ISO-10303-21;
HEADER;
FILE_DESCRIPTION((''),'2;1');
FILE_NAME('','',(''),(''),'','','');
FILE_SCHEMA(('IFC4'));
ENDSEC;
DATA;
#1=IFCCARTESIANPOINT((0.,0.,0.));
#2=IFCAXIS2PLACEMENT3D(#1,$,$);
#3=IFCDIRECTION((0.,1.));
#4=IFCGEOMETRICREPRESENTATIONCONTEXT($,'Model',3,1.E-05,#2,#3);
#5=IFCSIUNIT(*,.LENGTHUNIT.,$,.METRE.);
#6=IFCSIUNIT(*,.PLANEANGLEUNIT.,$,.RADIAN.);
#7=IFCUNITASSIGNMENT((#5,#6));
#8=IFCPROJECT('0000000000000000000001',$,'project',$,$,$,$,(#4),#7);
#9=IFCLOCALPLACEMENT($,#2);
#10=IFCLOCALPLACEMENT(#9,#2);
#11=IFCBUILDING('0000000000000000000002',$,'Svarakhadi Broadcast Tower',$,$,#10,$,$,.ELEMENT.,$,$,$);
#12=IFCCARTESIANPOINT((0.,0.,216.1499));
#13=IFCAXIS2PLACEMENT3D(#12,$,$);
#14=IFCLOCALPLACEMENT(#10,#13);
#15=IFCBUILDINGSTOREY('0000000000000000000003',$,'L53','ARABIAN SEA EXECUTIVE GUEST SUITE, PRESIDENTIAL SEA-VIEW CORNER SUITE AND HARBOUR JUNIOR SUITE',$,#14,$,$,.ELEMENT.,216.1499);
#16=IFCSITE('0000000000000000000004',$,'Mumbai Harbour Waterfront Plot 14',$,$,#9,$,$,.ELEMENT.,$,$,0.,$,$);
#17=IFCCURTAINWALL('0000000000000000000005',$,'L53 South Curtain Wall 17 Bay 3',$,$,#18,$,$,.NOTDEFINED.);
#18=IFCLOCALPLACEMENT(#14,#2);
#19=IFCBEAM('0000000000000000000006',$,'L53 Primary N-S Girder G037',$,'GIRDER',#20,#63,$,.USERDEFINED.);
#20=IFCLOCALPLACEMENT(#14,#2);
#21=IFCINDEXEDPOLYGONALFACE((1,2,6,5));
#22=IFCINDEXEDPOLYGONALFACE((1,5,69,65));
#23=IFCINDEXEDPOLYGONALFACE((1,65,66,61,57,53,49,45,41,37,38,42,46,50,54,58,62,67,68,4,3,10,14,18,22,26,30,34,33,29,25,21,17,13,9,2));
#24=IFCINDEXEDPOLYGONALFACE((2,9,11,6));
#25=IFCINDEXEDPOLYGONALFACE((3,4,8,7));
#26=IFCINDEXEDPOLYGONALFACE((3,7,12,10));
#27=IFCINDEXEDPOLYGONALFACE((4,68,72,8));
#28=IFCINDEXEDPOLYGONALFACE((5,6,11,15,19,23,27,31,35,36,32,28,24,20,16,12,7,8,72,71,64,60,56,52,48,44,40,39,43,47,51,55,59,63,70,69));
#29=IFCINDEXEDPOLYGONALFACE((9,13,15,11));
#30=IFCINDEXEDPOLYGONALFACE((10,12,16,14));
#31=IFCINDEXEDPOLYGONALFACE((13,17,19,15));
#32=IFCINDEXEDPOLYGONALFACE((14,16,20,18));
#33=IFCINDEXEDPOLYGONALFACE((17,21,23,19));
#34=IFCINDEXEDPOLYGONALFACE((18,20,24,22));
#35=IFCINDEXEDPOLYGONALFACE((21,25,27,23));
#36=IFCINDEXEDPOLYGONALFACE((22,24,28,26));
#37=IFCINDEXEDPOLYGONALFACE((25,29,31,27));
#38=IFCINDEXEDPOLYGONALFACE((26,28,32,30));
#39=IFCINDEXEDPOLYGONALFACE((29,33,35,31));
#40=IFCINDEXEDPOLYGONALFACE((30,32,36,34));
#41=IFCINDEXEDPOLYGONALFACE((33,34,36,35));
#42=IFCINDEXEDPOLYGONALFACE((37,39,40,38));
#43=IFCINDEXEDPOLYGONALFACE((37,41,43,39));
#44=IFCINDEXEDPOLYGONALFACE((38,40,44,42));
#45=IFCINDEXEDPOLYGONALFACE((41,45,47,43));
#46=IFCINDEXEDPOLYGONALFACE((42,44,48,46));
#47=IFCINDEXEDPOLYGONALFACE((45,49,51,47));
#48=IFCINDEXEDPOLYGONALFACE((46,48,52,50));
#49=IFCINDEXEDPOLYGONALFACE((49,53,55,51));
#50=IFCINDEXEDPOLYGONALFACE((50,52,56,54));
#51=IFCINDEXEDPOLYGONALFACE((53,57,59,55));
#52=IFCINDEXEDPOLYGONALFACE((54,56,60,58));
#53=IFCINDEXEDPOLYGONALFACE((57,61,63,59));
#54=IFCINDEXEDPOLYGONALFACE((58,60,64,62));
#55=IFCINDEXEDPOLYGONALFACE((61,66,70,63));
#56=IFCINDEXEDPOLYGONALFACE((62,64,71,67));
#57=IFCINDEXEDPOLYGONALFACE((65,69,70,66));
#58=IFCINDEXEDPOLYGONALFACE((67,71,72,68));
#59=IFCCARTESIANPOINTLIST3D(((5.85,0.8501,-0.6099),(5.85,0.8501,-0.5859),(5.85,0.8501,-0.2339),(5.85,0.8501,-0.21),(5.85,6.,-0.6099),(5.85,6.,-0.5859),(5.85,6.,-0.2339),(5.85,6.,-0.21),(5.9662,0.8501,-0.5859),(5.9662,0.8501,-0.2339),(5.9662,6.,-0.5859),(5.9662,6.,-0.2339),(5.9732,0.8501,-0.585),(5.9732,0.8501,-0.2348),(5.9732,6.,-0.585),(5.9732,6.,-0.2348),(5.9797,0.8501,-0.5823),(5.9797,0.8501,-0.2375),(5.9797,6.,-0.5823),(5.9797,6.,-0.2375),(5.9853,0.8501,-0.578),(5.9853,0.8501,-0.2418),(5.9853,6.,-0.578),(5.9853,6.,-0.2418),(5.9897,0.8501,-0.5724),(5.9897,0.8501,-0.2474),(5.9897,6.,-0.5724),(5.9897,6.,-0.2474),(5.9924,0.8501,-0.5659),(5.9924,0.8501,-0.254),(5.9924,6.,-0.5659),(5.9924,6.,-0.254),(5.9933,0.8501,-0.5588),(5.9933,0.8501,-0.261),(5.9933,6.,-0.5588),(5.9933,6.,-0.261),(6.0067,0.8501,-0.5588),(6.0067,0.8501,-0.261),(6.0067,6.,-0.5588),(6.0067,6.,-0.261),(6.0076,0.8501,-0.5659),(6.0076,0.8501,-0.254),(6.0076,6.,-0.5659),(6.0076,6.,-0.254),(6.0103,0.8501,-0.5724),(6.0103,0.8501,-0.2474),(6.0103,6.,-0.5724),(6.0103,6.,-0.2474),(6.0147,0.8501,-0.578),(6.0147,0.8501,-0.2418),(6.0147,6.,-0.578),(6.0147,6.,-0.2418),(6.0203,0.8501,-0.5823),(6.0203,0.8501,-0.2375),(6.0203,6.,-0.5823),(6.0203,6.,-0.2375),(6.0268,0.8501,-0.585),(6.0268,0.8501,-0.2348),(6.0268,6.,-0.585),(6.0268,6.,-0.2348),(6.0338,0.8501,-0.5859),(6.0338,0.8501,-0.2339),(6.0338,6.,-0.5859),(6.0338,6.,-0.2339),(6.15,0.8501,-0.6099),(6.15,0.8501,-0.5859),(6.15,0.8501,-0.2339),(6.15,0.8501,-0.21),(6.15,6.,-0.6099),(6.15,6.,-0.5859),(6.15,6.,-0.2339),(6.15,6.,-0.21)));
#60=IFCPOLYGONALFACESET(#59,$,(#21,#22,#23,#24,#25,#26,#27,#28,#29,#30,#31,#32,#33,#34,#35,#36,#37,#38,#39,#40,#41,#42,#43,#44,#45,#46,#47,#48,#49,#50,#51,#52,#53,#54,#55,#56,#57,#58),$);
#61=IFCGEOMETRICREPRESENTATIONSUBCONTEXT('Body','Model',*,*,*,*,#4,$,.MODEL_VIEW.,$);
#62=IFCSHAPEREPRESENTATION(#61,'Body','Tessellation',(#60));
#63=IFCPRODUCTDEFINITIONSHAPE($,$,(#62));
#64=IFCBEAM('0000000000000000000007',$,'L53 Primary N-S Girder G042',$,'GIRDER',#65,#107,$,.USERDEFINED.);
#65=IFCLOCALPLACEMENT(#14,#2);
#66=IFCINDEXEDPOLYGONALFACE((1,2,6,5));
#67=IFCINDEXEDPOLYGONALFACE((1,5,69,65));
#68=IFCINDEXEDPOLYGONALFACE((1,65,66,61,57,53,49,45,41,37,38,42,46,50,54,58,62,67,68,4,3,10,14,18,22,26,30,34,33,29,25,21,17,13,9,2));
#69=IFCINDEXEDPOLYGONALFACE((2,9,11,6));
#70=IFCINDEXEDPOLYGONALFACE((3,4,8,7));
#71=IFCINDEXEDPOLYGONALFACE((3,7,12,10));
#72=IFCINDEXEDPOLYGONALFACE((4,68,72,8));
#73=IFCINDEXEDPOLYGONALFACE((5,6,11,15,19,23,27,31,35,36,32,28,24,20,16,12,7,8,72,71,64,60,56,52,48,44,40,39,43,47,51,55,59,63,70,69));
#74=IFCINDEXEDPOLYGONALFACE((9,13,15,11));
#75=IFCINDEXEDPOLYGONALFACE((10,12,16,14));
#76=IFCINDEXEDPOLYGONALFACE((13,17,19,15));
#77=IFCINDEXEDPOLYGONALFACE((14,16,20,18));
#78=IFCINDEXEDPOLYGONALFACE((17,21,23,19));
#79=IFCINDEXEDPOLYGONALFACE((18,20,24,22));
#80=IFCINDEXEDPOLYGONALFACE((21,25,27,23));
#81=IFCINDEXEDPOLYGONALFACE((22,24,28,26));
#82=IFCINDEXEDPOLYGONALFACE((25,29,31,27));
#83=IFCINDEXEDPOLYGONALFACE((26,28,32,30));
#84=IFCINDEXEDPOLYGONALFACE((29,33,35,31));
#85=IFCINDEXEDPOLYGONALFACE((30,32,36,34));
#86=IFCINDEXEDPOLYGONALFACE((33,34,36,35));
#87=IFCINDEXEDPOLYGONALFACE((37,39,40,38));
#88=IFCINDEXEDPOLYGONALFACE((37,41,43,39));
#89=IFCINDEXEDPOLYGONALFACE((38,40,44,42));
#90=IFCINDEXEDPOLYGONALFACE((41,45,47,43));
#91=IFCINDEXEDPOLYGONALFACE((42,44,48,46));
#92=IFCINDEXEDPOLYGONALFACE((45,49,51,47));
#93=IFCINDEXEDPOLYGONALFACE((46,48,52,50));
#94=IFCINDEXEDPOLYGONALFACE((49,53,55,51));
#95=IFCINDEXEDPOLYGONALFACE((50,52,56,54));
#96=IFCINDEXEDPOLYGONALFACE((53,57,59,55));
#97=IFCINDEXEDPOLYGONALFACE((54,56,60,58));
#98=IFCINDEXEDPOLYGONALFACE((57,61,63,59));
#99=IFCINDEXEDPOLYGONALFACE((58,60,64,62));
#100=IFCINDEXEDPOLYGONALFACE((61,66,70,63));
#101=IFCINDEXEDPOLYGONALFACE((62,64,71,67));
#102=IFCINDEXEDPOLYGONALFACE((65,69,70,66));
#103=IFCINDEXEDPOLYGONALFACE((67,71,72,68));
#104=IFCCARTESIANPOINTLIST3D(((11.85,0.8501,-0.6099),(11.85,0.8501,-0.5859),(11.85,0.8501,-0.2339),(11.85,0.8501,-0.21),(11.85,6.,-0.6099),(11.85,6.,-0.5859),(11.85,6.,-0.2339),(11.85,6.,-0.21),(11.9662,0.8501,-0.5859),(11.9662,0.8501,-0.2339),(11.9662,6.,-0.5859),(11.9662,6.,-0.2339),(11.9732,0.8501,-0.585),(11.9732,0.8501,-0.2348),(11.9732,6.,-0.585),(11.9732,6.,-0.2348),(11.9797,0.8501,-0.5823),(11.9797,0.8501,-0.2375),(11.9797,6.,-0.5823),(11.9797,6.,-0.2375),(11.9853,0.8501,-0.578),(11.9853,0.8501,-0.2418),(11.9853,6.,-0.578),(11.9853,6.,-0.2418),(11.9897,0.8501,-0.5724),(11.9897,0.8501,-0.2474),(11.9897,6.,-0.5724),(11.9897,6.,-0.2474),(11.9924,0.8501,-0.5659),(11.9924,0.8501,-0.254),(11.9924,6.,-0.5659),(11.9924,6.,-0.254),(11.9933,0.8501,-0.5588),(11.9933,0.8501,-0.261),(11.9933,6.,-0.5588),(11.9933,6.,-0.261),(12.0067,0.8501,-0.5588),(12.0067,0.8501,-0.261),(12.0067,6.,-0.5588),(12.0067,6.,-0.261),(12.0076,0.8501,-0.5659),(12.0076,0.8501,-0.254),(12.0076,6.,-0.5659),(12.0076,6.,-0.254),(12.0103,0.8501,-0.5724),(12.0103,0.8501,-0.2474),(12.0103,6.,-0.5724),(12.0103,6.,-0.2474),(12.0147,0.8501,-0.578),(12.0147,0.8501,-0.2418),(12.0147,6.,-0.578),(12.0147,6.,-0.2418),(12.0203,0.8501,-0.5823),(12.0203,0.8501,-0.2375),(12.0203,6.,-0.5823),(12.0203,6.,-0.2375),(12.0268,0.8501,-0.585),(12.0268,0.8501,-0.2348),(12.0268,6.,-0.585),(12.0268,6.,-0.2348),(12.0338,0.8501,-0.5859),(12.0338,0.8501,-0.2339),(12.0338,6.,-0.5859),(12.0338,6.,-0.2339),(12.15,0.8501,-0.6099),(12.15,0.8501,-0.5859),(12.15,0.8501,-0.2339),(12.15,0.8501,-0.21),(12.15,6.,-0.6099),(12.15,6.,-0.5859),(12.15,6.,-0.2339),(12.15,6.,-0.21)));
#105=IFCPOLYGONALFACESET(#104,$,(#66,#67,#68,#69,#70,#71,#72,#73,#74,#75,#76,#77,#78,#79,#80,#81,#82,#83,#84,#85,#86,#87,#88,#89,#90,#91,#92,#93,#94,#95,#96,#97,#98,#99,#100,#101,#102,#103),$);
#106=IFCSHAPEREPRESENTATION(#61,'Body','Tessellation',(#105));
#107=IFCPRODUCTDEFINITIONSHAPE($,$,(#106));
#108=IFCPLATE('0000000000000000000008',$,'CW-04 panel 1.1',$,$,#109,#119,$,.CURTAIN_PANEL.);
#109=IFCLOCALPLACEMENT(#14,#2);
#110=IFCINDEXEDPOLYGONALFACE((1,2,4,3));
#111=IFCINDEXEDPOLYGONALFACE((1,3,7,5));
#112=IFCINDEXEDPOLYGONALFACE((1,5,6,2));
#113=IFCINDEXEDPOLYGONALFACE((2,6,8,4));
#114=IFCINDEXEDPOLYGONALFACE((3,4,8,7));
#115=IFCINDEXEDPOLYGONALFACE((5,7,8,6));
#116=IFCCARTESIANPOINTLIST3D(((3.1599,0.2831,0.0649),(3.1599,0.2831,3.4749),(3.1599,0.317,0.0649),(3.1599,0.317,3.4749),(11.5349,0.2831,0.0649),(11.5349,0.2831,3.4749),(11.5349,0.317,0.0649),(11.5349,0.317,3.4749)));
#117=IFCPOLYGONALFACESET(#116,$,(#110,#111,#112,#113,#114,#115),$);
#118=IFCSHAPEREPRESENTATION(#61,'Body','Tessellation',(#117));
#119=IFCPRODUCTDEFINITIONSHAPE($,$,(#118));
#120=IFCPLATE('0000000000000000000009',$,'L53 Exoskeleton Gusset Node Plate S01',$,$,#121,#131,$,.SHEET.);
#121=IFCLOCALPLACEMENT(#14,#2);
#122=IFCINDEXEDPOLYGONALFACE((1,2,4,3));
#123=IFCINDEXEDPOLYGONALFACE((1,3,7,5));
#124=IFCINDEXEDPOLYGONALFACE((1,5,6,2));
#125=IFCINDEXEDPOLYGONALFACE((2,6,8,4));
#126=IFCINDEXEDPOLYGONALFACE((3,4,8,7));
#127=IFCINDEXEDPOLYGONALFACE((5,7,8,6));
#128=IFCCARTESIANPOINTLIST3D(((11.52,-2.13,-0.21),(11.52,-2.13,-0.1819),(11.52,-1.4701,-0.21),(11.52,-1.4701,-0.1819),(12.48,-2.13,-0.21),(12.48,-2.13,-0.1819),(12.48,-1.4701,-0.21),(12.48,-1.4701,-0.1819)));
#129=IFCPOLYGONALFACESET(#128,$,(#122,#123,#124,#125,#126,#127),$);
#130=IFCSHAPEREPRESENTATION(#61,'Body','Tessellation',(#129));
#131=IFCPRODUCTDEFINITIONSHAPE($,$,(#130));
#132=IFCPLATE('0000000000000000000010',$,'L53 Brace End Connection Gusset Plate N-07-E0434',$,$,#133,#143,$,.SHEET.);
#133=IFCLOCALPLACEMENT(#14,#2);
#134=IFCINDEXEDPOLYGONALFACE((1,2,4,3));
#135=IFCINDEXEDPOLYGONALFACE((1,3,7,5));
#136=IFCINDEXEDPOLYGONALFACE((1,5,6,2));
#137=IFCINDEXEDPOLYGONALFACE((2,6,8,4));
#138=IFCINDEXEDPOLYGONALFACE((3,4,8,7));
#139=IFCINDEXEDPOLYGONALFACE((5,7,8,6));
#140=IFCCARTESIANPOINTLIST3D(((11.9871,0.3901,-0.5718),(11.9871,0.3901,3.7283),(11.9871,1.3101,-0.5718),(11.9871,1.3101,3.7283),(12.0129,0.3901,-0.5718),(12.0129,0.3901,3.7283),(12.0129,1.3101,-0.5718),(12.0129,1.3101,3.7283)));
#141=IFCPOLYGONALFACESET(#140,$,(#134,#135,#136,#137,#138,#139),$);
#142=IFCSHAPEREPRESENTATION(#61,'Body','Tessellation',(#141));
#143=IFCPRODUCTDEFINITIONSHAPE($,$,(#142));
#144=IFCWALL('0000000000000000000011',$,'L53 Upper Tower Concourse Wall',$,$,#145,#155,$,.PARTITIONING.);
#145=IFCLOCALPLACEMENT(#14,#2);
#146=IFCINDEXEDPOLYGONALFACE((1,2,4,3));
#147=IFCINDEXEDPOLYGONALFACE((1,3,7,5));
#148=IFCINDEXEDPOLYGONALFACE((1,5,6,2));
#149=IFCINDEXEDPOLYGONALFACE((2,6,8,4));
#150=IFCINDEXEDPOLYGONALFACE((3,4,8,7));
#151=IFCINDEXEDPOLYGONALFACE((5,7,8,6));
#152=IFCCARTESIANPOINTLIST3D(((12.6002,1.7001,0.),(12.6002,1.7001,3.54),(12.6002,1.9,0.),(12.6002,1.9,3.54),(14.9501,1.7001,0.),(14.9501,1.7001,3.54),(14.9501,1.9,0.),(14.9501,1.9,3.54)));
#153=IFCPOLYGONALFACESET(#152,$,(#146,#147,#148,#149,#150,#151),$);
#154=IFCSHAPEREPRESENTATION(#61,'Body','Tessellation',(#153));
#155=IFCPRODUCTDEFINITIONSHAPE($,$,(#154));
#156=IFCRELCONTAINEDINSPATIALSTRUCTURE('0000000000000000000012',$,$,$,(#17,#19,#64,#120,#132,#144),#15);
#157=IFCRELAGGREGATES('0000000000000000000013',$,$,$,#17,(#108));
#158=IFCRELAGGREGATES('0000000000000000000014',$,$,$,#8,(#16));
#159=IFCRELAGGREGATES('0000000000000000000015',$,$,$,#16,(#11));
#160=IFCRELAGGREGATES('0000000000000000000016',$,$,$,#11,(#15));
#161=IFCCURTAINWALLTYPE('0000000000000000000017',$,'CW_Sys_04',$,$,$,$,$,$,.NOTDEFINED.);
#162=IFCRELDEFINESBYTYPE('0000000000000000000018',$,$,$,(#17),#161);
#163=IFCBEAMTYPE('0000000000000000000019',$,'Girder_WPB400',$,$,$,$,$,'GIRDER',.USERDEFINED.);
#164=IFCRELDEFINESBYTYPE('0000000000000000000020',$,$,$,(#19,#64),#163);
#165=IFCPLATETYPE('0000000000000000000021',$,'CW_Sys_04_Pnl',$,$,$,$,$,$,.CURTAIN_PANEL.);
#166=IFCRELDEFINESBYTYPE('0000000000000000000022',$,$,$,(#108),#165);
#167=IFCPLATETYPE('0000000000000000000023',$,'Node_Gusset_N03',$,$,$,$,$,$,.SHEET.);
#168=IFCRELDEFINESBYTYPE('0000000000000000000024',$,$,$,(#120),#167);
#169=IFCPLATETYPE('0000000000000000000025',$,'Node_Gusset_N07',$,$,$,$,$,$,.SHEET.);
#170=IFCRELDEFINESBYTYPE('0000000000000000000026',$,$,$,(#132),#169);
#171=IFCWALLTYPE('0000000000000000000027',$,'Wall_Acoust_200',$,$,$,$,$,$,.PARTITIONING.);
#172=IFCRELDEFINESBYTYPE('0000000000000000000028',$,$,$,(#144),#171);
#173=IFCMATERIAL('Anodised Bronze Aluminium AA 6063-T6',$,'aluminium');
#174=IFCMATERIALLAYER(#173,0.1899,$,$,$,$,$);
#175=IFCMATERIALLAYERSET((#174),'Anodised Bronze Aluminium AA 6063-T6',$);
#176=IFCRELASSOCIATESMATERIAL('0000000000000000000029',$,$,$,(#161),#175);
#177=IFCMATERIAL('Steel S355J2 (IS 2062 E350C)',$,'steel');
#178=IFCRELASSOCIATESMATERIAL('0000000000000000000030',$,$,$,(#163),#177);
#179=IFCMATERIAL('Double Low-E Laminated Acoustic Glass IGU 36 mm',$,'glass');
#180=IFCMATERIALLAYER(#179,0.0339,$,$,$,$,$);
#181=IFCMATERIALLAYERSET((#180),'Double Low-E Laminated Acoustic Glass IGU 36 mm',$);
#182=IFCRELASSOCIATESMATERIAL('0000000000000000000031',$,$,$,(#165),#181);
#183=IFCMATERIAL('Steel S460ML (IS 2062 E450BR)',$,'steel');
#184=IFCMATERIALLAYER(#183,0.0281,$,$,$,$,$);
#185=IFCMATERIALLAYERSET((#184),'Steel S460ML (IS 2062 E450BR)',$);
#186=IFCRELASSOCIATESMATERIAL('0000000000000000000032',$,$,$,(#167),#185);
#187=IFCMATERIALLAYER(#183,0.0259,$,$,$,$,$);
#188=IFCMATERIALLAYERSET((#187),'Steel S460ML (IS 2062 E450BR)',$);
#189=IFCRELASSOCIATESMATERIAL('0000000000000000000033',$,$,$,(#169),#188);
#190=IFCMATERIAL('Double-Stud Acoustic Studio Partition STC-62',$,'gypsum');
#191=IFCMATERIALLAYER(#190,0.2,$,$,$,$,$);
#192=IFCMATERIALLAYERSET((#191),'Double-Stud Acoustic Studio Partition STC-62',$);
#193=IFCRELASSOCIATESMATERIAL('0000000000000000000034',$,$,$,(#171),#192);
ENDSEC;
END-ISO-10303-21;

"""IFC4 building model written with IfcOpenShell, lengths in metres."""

from ifc_helpers import new_model, si_unit, direction, frame, frame_2d, origin, origin_2d, place, context, subcontext, project, spatial, rectangle, i_section, extrude, material, layer, layer_set, material_profile, profile_set, type_object, element, aggregate, save


model = new_model("IFC4")

# Units and contexts
model_context = context("Model", 3, precision=1e-05, world=origin(), true_north=direction((0.0, 1.0)))
body_context = subcontext(model_context, "Body", "Model", "MODEL_VIEW")
ifc_project = project(units=[si_unit("LENGTHUNIT", "METRE"), si_unit("PLANEANGLEUNIT", "RADIAN")], contexts=[model_context])

# Site, building, storey
site_placement = place(None, origin())
site = spatial("IfcSite", under=ifc_project, at=site_placement, Name="Mumbai Harbour Waterfront Plot 14", CompositionType="ELEMENT", RefElevation=0.0)
building_placement = place(site_placement, origin())
building = spatial("IfcBuilding", under=site, at=building_placement, Name="Svarakhadi Broadcast Tower", CompositionType="ELEMENT")
storey_placement = place(building_placement, frame((0.0, 0.0, 216.1499)))
storey = spatial("IfcBuildingStorey", under=building, at=storey_placement, Name="L53", Description="ARABIAN SEA EXECUTIVE GUEST SUITE, PRESIDENTIAL SEA-VIEW CORNER SUITE AND HARBOUR JUNIOR SUITE", CompositionType="ELEMENT", Elevation=216.1499)

# Shared definitions
ifc_material_1 = material(Name="Steel S460ML (IS 2062 E450BR)", Category="steel")

# Shared definitions
ifc_material_2 = material(Name="Steel S355J2 (IS 2062 E350C)", Category="steel")

# Shared definitions
ifc_material_3 = material(Name="Anodised Bronze Aluminium AA 6063-T6", Category="aluminium")
ifc_layer_1 = layer(ifc_material_3, 0.1899)
ifc_layer_set_1 = layer_set([ifc_layer_1], Name="Anodised Bronze Aluminium AA 6063-T6")
curtain_wall_type = type_object("IfcCurtainWallType", Name="CW_Sys_04", PredefinedType="NOTDEFINED", material=ifc_layer_set_1)

# Curtain wall
curtain_wall_1_placement = place(storey_placement, origin())
curtain_wall_1 = element("IfcCurtainWall", 1, at=curtain_wall_1_placement, inside=storey, type_object=curtain_wall_type, Name="L53 South Curtain Wall 17 Bay 3", PredefinedType="NOTDEFINED")

# Beams
ifc_material_profile_1 = material_profile(ifc_material_2, i_section(OverallWidth=0.3, OverallDepth=0.3999, WebThickness=0.0134, FlangeThickness=0.0239, FilletRadius=0.0271, at=origin_2d()), Name="WPB 400x300x155")
ifc_profile_set_1 = profile_set([ifc_material_profile_1], Name="Steel S355J2 (IS 2062 E350C)")
beam_type_1 = type_object("IfcBeamType", Name="Girder_WPB400", ElementType="GIRDER", PredefinedType="USERDEFINED", material=ifc_profile_set_1)
for number, where, z_axis, x_axis, name in (
    (2, (6.0, 0.8501, -0.4099), (0.0, 1.0, 0.0), (-1.0, 0.0, 0.0), "L53 Primary N-S Girder G037"),
    (3, (12.0, 0.8501, -0.4099), (0.0, 1.0, 0.0), (-1.0, 0.0, 0.0), "L53 Primary N-S Girder G042"),
):
    element("IfcBeam", number, at=place(storey_placement, frame(where, z_axis=z_axis, x_axis=x_axis)), inside=storey, type_object=beam_type_1, Name=name, ObjectType="GIRDER", PredefinedType="USERDEFINED", context=body_context, shape_type="SweptSolid", body=[
        extrude(i_section(OverallWidth=0.3, OverallDepth=0.3999, WebThickness=0.0134, FlangeThickness=0.0239, FilletRadius=0.0271, at=origin_2d()), origin(), (0.0, 0.0, 1.0), 5.1499),
    ])

# Plate
ifc_material_4 = material(Name="Double Low-E Laminated Acoustic Glass IGU 36 mm", Category="glass")
ifc_layer_2 = layer(ifc_material_4, 0.0339)
ifc_layer_set_2 = layer_set([ifc_layer_2], Name="Double Low-E Laminated Acoustic Glass IGU 36 mm")
plate_type_1 = type_object("IfcPlateType", Name="CW_Sys_04_Pnl", PredefinedType="CURTAIN_PANEL", material=ifc_layer_set_2)
plate_1_placement = place(storey_placement, frame((7.3474, 0.3, 0.0649), z_axis=(0.0, 0.0, 1.0), x_axis=(-1.0, 0.0, 0.0)))
plate_1 = element("IfcPlate", 4, at=plate_1_placement, type_object=plate_type_1, Name="CW-04 panel 1.1", PredefinedType="CURTAIN_PANEL", context=body_context, shape_type="SweptSolid", body=[
    extrude(rectangle(XDim=8.375, YDim=0.0339, at=origin_2d()), origin(), (0.0, 0.0, 1.0), 3.4099),
])
aggregate(curtain_wall_1, [plate_1])

# Plates
ifc_layer_3 = layer(ifc_material_1, 0.0281)
ifc_layer_set_3 = layer_set([ifc_layer_3], Name="Steel S460ML (IS 2062 E450BR)")
plate_type_2 = type_object("IfcPlateType", Name="Node_Gusset_N03", PredefinedType="SHEET", material=ifc_layer_set_3)
plate_2_placement = place(storey_placement, frame((12.0, -1.8, -0.21), z_axis=(0.0, 0.0, 1.0), x_axis=(1.0, 0.0, 0.0)))
element("IfcPlate", 5, at=plate_2_placement, inside=storey, type_object=plate_type_2, Name="L53 Exoskeleton Gusset Node Plate S01", PredefinedType="SHEET", context=body_context, shape_type="SweptSolid", body=[
    extrude(rectangle(XDim=0.96, YDim=0.6599, at=origin_2d()), origin(), (0.0, 0.0, 1.0), 0.0281),
])
ifc_layer_4 = layer(ifc_material_1, 0.0259)
ifc_layer_set_4 = layer_set([ifc_layer_4], Name="Steel S460ML (IS 2062 E450BR)")
plate_type_3 = type_object("IfcPlateType", Name="Node_Gusset_N07", PredefinedType="SHEET", material=ifc_layer_set_4)
plate_3_placement = place(storey_placement, frame((12.0, 0.8501, -0.5718), z_axis=(0.0, 0.0, 1.0), x_axis=(0.0, 1.0, 0.0)))
element("IfcPlate", 6, at=plate_3_placement, inside=storey, type_object=plate_type_3, Name="L53 Brace End Connection Gusset Plate N-07-E0434", PredefinedType="SHEET", context=body_context, shape_type="SweptSolid", body=[
    extrude(rectangle(XDim=0.9199, YDim=0.0259, at=origin_2d()), origin(), (0.0, 0.0, 1.0), 4.3),
])

# Wall
ifc_material_5 = material(Name="Double-Stud Acoustic Studio Partition STC-62", Category="gypsum")
ifc_layer_5 = layer(ifc_material_5, 0.2)
ifc_layer_set_5 = layer_set([ifc_layer_5], Name="Double-Stud Acoustic Studio Partition STC-62")
wall_type_1 = type_object("IfcWallType", Name="Wall_Acoust_200", PredefinedType="PARTITIONING", material=ifc_layer_set_5)
wall_1_placement = place(storey_placement, frame((14.95, 1.8, 0.0), z_axis=(0.0, 0.0, 1.0), x_axis=(-1.0, 0.0, 0.0)))
element("IfcWall", 7, at=wall_1_placement, inside=storey, type_object=wall_type_1, Name="L53 Upper Tower Concourse Wall", PredefinedType="PARTITIONING", context=body_context, shape_type="SweptSolid", body=[
    extrude(rectangle(XDim=2.3499, YDim=0.2, at=frame_2d((1.1748, 0.0))), origin(), (0.0, 0.0, 1.0), 3.54),
])

save(model, "model.ifc")
